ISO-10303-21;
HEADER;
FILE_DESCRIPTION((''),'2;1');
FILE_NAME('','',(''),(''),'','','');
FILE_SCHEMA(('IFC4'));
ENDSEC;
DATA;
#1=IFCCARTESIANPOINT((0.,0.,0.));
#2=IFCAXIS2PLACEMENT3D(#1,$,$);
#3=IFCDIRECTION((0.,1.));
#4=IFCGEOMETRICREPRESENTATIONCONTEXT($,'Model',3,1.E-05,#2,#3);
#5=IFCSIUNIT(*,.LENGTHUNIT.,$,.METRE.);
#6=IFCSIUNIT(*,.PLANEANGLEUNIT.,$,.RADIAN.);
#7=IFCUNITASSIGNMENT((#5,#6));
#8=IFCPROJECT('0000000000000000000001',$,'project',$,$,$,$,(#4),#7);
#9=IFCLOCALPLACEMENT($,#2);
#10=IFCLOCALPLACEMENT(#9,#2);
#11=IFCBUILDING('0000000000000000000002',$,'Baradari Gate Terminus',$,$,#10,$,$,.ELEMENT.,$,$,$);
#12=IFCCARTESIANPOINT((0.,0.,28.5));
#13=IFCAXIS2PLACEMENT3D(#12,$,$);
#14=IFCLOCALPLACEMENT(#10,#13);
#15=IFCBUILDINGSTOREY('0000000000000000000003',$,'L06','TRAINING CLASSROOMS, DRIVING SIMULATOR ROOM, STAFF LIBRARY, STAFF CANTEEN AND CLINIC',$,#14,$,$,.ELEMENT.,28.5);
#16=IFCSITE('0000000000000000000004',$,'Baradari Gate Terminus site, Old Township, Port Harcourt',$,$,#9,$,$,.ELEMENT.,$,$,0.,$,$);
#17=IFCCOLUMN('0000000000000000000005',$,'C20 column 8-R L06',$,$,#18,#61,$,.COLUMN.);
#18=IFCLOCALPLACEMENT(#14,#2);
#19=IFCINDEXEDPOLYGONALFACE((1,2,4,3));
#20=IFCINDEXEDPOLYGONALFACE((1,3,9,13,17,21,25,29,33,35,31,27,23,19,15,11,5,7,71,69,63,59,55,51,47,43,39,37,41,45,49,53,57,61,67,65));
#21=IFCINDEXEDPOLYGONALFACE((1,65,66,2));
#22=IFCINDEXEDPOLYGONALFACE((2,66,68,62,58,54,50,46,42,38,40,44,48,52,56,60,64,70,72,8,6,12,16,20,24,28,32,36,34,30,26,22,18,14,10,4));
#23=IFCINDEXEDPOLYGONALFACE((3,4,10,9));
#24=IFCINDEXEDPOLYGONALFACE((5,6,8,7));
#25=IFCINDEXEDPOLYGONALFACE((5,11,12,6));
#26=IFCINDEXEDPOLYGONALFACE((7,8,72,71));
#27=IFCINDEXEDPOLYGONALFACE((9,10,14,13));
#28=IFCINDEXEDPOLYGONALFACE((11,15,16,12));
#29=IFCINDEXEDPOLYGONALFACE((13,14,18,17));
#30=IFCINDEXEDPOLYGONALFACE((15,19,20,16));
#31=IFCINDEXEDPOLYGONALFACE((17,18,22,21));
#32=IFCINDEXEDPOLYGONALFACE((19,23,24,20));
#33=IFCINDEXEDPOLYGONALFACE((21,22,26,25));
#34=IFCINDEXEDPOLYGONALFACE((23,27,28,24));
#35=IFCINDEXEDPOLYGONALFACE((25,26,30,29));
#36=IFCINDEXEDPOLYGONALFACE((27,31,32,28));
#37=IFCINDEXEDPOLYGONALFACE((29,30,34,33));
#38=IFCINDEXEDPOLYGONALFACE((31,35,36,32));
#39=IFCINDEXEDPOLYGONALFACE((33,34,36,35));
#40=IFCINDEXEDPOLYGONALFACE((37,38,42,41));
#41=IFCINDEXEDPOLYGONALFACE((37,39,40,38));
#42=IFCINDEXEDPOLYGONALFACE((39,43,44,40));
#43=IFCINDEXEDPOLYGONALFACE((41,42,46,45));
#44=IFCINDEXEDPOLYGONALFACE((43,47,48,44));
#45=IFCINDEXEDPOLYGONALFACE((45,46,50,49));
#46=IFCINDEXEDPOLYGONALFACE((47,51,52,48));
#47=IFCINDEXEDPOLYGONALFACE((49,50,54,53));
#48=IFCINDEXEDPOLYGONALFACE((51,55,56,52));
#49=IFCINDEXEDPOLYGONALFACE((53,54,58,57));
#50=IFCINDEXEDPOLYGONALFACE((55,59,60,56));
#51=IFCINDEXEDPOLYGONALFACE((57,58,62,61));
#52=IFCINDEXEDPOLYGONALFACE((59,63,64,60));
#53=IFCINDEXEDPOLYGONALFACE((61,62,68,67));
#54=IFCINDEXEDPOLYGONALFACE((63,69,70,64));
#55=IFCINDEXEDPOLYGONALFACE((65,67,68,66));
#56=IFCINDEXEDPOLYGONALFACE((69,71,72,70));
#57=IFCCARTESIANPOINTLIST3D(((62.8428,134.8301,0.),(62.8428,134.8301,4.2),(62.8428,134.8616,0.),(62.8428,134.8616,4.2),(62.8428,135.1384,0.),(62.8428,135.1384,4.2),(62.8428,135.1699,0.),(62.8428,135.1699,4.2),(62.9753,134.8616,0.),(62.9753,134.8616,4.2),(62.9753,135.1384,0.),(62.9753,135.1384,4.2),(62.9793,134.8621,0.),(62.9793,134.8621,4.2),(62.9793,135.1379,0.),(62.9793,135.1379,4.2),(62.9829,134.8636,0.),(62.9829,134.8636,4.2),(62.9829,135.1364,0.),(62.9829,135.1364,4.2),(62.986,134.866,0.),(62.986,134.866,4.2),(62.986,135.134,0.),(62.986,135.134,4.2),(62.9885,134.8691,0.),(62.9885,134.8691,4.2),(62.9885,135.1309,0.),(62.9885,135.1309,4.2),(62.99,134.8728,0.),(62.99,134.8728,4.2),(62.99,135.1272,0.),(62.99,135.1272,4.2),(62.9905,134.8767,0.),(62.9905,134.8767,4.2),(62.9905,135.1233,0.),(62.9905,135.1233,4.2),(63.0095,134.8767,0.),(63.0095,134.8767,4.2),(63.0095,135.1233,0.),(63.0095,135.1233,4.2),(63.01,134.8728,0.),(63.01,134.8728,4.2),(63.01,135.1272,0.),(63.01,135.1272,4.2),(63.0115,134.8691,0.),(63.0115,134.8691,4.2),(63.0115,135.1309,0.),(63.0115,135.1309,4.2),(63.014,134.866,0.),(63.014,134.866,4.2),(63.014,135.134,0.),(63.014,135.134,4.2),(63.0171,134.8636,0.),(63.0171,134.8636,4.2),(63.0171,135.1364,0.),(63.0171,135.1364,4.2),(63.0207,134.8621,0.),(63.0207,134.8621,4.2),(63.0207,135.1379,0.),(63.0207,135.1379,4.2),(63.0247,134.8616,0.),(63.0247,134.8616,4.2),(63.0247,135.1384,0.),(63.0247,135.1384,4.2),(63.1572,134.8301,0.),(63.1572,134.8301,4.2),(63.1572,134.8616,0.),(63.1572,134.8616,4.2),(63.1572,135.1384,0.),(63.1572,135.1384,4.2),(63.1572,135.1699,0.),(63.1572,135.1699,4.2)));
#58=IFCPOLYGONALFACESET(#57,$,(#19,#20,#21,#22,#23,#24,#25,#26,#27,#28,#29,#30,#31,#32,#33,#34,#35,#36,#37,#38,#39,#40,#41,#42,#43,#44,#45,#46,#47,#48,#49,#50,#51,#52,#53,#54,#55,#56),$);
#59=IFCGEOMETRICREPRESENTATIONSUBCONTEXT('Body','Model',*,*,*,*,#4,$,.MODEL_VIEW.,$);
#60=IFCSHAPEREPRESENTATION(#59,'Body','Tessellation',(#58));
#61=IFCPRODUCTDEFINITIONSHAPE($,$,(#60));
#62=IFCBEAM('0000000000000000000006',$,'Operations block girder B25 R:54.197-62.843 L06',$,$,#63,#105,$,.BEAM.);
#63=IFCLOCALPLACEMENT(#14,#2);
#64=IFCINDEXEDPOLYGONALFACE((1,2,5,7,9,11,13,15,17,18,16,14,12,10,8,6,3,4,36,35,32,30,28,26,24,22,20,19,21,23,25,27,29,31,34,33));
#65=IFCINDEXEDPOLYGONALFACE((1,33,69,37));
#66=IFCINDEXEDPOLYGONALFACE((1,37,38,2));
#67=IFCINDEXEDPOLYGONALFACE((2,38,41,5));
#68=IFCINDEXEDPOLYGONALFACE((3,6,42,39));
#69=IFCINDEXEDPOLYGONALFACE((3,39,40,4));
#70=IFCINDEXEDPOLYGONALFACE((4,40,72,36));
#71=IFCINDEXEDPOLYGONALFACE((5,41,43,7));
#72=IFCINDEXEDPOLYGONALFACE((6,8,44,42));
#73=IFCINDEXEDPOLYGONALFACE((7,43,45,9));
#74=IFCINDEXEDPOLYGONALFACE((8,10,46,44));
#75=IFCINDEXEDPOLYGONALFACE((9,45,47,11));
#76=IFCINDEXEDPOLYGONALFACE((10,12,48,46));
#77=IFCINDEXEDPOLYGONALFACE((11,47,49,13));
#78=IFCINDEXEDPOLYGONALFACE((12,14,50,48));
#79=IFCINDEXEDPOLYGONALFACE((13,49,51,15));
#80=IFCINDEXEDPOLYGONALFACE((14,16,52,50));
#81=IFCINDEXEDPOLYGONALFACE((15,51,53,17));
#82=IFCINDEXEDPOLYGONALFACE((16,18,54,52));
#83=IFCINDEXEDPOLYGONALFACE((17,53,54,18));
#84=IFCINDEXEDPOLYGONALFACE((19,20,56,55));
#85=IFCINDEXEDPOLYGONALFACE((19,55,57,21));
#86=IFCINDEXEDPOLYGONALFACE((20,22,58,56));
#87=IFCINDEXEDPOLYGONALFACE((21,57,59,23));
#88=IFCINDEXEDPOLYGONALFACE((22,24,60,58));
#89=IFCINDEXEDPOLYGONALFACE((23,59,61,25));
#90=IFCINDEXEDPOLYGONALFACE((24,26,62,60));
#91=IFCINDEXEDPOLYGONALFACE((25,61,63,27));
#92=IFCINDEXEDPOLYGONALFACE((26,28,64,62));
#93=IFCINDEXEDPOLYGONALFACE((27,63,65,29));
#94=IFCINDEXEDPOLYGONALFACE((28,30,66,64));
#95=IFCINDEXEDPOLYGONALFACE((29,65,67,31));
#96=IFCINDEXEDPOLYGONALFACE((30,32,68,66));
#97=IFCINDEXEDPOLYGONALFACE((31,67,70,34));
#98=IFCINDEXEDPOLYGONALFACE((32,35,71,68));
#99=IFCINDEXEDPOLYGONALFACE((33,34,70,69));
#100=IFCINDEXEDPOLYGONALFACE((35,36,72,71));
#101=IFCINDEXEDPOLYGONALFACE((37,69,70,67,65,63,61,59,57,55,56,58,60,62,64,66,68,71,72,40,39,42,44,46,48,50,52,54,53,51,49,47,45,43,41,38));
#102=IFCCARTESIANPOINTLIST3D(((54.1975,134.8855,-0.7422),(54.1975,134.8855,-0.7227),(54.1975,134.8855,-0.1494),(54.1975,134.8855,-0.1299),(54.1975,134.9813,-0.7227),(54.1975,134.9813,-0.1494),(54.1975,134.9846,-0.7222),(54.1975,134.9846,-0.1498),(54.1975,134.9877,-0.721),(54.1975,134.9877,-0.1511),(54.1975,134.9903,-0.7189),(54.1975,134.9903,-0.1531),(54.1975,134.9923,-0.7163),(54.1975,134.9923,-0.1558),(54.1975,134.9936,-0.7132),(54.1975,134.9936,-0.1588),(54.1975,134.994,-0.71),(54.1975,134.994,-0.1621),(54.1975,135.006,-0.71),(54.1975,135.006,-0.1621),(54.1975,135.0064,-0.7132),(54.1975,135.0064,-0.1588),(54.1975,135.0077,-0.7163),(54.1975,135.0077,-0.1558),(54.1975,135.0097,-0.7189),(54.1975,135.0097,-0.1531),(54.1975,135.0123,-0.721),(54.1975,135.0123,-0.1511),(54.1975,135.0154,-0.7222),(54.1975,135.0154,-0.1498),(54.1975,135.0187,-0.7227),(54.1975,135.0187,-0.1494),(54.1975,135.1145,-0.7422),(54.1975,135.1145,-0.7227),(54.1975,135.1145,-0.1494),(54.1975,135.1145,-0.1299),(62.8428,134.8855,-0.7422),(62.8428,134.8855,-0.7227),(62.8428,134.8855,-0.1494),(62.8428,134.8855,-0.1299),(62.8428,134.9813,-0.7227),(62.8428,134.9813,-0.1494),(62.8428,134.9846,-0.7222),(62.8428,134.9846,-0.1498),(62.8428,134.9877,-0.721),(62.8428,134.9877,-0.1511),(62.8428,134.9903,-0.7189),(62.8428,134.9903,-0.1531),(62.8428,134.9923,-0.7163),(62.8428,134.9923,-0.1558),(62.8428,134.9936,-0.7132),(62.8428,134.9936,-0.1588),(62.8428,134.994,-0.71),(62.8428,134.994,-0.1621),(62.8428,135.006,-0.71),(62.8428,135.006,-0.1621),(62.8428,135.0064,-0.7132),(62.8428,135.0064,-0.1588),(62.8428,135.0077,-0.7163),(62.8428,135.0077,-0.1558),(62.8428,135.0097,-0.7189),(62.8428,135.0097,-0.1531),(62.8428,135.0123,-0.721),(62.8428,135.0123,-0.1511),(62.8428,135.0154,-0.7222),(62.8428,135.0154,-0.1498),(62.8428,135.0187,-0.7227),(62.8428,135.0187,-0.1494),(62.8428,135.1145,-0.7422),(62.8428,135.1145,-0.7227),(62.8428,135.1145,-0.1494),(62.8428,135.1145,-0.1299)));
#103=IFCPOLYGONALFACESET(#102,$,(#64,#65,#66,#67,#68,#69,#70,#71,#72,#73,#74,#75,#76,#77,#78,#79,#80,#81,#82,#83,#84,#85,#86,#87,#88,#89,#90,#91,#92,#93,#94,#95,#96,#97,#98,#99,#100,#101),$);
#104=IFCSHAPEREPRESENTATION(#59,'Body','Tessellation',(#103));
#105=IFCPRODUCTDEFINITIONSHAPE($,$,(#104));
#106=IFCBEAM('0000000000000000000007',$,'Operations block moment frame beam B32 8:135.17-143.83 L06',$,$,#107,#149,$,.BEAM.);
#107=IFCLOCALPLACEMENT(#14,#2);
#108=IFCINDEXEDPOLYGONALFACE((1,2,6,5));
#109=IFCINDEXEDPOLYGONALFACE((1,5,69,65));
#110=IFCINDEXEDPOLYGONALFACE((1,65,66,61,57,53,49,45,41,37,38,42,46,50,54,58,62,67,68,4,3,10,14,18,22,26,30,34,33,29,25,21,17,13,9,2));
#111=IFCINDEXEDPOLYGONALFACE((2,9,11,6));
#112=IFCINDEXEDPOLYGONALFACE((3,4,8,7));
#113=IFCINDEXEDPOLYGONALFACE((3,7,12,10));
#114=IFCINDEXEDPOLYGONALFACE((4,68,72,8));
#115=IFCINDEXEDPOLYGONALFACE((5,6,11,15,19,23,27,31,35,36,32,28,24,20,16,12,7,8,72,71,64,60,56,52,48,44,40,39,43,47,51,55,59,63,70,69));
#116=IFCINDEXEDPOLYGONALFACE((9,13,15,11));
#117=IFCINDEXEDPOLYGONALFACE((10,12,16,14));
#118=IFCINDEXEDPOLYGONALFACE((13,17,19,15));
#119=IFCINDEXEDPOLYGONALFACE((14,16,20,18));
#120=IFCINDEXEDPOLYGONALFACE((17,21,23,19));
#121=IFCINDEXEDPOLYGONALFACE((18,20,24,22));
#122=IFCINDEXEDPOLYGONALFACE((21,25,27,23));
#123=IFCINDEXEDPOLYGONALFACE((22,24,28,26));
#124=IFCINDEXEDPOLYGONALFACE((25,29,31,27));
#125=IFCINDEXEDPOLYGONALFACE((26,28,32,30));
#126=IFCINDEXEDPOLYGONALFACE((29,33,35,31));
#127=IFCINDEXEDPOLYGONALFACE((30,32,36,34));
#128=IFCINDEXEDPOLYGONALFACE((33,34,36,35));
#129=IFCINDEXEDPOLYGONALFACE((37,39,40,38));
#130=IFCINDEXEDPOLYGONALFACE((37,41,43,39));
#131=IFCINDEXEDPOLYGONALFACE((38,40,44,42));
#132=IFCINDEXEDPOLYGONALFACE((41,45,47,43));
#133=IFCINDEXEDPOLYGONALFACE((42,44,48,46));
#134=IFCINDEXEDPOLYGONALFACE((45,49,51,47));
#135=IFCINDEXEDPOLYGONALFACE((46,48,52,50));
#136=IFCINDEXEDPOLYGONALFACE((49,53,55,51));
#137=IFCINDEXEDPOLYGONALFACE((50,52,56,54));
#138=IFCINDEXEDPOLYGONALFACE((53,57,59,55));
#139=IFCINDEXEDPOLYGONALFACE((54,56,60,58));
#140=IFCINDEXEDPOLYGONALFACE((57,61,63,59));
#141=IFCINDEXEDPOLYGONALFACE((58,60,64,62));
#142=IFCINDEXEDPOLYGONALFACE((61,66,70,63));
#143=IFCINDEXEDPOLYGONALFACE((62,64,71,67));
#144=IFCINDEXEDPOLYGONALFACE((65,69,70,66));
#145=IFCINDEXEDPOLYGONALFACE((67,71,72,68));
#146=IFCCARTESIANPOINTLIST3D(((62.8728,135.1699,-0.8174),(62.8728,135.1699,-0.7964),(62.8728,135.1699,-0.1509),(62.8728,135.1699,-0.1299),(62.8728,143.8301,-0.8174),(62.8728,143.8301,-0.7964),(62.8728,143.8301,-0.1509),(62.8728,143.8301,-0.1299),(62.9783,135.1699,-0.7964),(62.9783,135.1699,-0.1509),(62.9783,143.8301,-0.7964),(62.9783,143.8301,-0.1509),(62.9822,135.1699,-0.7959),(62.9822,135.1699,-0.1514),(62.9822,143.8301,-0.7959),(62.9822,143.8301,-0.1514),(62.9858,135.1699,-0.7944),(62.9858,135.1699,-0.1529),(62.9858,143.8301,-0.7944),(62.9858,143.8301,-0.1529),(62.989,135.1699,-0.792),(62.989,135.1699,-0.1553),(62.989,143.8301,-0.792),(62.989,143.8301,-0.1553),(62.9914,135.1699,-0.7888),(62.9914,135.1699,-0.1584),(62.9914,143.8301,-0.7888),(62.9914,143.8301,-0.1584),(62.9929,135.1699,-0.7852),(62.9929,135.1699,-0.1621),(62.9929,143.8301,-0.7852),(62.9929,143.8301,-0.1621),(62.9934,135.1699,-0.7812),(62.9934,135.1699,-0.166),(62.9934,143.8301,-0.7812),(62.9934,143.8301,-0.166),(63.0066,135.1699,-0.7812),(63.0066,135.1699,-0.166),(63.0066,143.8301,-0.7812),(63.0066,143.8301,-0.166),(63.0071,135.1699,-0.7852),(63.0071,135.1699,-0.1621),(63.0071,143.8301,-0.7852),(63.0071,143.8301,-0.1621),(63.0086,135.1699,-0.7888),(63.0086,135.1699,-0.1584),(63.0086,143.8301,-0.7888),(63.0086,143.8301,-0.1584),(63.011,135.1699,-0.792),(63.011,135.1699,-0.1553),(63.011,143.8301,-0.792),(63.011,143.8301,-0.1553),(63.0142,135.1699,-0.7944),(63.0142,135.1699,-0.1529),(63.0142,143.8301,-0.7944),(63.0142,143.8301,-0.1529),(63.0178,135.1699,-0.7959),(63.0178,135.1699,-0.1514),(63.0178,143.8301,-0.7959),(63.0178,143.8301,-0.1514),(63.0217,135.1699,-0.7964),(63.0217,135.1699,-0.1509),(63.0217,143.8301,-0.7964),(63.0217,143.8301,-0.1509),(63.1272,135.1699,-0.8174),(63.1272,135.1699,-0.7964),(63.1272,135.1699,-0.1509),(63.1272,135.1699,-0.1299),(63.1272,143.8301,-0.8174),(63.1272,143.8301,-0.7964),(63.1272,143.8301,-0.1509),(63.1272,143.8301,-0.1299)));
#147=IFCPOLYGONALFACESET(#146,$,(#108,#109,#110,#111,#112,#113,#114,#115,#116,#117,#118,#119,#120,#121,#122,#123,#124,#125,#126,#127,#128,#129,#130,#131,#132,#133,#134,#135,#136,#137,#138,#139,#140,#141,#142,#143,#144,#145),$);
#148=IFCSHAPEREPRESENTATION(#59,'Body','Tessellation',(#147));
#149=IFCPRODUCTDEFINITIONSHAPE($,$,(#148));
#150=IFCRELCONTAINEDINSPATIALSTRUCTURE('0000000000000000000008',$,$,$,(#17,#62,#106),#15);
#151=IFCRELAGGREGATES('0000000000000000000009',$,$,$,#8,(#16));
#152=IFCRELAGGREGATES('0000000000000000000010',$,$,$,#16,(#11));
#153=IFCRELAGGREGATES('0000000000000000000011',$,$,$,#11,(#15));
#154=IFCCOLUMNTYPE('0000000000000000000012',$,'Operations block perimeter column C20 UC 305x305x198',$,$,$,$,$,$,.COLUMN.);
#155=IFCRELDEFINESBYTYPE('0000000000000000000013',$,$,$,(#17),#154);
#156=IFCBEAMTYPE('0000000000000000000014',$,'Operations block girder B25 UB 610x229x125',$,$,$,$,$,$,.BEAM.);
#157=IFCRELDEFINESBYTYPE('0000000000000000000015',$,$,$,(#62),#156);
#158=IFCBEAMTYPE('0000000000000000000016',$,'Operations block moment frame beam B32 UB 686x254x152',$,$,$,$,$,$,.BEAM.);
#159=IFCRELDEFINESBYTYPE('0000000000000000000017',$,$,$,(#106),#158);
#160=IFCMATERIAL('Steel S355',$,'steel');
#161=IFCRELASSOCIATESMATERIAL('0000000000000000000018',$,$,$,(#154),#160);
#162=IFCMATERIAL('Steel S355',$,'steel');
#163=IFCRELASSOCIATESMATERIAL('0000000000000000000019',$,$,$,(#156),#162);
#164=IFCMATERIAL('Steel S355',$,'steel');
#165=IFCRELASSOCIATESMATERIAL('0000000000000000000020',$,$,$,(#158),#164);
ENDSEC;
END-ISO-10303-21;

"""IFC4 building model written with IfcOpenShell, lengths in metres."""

from ifc_helpers import new_model, si_unit, direction, frame, origin, origin_2d, place, context, subcontext, project, spatial, i_section, extrude, material, material_profile, profile_set, type_object, element, save


model = new_model("IFC4")

# Units and contexts
model_context = context("Model", 3, precision=1e-05, world=origin(), true_north=direction((0.0, 1.0)))
body_context = subcontext(model_context, "Body", "Model", "MODEL_VIEW")
ifc_project = project(units=[si_unit("LENGTHUNIT", "METRE"), si_unit("PLANEANGLEUNIT", "RADIAN")], contexts=[model_context])

# Site, building, storey
site_placement = place(None, origin())
site = spatial("IfcSite", under=ifc_project, at=site_placement, Name="Baradari Gate Terminus site, Old Township, Port Harcourt", CompositionType="ELEMENT", RefElevation=0.0)
building_placement = place(site_placement, origin())
building = spatial("IfcBuilding", under=site, at=building_placement, Name="Baradari Gate Terminus", CompositionType="ELEMENT")
storey_placement = place(building_placement, frame((0.0, 0.0, 28.5)))
storey = spatial("IfcBuildingStorey", under=building, at=storey_placement, Name="L06", Description="TRAINING CLASSROOMS, DRIVING SIMULATOR ROOM, STAFF LIBRARY, STAFF CANTEEN AND CLINIC", CompositionType="ELEMENT", Elevation=28.5)

# Column
ifc_material_1 = material(Name="Steel S355", Category="steel")
ifc_material_profile_1 = material_profile(ifc_material_1, i_section(OverallWidth=0.3145, OverallDepth=0.3398, WebThickness=0.019, FlangeThickness=0.0315, FilletRadius=0.0151, at=origin_2d()), Name="UC 305x305x198")
ifc_profile_set_1 = profile_set([ifc_material_profile_1], Name="Steel S355")
column_type = type_object("IfcColumnType", Name="Operations block perimeter column C20 UC 305x305x198", PredefinedType="COLUMN", material=ifc_profile_set_1)
column_placement = place(storey_placement, frame((63.0, 135.0, 0.0), z_axis=(0.0, 0.0, 1.0), x_axis=(1.0, 0.0, 0.0)))
element("IfcColumn", 1, at=column_placement, inside=storey, type_object=column_type, Name="C20 column 8-R L06", PredefinedType="COLUMN", context=body_context, shape_type="SweptSolid", body=[
    extrude(i_section(OverallWidth=0.3145, OverallDepth=0.3398, WebThickness=0.019, FlangeThickness=0.0315, FilletRadius=0.0151, at=origin_2d()), origin(), (0.0, 0.0, 1.0), 4.2),
])

# Beams
ifc_material_2 = material(Name="Steel S355", Category="steel")
ifc_material_profile_2 = material_profile(ifc_material_2, i_section(OverallWidth=0.229, OverallDepth=0.6123, WebThickness=0.012, FlangeThickness=0.0195, FilletRadius=0.0127, at=origin_2d()), Name="UB 610x229x125")
ifc_profile_set_2 = profile_set([ifc_material_profile_2], Name="Steel S355")
beam_type_1 = type_object("IfcBeamType", Name="Operations block girder B25 UB 610x229x125", PredefinedType="BEAM", material=ifc_profile_set_2)
beam_1_placement = place(storey_placement, frame((54.1975, 135.0, -0.436), z_axis=(1.0, 0.0, 0.0), x_axis=(0.0, 1.0, 0.0)))
element("IfcBeam", 2, at=beam_1_placement, inside=storey, type_object=beam_type_1, Name="Operations block girder B25 R:54.197-62.843 L06", PredefinedType="BEAM", context=body_context, shape_type="SweptSolid", body=[
    extrude(i_section(OverallWidth=0.229, OverallDepth=0.6123, WebThickness=0.012, FlangeThickness=0.0195, FilletRadius=0.0127, at=origin_2d()), origin(), (0.0, 0.0, 1.0), 8.6453),
])
ifc_material_3 = material(Name="Steel S355", Category="steel")
ifc_material_profile_3 = material_profile(ifc_material_3, i_section(OverallWidth=0.2544, OverallDepth=0.6875, WebThickness=0.0132, FlangeThickness=0.021, FilletRadius=0.0151, at=origin_2d()), Name="UB 686x254x152")
ifc_profile_set_3 = profile_set([ifc_material_profile_3], Name="Steel S355")
beam_type_2 = type_object("IfcBeamType", Name="Operations block moment frame beam B32 UB 686x254x152", PredefinedType="BEAM", material=ifc_profile_set_3)
beam_2_placement = place(storey_placement, frame((63.0, 135.1699, -0.4736), z_axis=(0.0, 1.0, 0.0), x_axis=(-1.0, 0.0, 0.0)))
element("IfcBeam", 3, at=beam_2_placement, inside=storey, type_object=beam_type_2, Name="Operations block moment frame beam B32 8:135.17-143.83 L06", PredefinedType="BEAM", context=body_context, shape_type="SweptSolid", body=[
    extrude(i_section(OverallWidth=0.2544, OverallDepth=0.6875, WebThickness=0.0132, FlangeThickness=0.021, FilletRadius=0.0151, at=origin_2d()), origin(), (0.0, 0.0, 1.0), 8.6602),
])

save(model, "model.ifc")
